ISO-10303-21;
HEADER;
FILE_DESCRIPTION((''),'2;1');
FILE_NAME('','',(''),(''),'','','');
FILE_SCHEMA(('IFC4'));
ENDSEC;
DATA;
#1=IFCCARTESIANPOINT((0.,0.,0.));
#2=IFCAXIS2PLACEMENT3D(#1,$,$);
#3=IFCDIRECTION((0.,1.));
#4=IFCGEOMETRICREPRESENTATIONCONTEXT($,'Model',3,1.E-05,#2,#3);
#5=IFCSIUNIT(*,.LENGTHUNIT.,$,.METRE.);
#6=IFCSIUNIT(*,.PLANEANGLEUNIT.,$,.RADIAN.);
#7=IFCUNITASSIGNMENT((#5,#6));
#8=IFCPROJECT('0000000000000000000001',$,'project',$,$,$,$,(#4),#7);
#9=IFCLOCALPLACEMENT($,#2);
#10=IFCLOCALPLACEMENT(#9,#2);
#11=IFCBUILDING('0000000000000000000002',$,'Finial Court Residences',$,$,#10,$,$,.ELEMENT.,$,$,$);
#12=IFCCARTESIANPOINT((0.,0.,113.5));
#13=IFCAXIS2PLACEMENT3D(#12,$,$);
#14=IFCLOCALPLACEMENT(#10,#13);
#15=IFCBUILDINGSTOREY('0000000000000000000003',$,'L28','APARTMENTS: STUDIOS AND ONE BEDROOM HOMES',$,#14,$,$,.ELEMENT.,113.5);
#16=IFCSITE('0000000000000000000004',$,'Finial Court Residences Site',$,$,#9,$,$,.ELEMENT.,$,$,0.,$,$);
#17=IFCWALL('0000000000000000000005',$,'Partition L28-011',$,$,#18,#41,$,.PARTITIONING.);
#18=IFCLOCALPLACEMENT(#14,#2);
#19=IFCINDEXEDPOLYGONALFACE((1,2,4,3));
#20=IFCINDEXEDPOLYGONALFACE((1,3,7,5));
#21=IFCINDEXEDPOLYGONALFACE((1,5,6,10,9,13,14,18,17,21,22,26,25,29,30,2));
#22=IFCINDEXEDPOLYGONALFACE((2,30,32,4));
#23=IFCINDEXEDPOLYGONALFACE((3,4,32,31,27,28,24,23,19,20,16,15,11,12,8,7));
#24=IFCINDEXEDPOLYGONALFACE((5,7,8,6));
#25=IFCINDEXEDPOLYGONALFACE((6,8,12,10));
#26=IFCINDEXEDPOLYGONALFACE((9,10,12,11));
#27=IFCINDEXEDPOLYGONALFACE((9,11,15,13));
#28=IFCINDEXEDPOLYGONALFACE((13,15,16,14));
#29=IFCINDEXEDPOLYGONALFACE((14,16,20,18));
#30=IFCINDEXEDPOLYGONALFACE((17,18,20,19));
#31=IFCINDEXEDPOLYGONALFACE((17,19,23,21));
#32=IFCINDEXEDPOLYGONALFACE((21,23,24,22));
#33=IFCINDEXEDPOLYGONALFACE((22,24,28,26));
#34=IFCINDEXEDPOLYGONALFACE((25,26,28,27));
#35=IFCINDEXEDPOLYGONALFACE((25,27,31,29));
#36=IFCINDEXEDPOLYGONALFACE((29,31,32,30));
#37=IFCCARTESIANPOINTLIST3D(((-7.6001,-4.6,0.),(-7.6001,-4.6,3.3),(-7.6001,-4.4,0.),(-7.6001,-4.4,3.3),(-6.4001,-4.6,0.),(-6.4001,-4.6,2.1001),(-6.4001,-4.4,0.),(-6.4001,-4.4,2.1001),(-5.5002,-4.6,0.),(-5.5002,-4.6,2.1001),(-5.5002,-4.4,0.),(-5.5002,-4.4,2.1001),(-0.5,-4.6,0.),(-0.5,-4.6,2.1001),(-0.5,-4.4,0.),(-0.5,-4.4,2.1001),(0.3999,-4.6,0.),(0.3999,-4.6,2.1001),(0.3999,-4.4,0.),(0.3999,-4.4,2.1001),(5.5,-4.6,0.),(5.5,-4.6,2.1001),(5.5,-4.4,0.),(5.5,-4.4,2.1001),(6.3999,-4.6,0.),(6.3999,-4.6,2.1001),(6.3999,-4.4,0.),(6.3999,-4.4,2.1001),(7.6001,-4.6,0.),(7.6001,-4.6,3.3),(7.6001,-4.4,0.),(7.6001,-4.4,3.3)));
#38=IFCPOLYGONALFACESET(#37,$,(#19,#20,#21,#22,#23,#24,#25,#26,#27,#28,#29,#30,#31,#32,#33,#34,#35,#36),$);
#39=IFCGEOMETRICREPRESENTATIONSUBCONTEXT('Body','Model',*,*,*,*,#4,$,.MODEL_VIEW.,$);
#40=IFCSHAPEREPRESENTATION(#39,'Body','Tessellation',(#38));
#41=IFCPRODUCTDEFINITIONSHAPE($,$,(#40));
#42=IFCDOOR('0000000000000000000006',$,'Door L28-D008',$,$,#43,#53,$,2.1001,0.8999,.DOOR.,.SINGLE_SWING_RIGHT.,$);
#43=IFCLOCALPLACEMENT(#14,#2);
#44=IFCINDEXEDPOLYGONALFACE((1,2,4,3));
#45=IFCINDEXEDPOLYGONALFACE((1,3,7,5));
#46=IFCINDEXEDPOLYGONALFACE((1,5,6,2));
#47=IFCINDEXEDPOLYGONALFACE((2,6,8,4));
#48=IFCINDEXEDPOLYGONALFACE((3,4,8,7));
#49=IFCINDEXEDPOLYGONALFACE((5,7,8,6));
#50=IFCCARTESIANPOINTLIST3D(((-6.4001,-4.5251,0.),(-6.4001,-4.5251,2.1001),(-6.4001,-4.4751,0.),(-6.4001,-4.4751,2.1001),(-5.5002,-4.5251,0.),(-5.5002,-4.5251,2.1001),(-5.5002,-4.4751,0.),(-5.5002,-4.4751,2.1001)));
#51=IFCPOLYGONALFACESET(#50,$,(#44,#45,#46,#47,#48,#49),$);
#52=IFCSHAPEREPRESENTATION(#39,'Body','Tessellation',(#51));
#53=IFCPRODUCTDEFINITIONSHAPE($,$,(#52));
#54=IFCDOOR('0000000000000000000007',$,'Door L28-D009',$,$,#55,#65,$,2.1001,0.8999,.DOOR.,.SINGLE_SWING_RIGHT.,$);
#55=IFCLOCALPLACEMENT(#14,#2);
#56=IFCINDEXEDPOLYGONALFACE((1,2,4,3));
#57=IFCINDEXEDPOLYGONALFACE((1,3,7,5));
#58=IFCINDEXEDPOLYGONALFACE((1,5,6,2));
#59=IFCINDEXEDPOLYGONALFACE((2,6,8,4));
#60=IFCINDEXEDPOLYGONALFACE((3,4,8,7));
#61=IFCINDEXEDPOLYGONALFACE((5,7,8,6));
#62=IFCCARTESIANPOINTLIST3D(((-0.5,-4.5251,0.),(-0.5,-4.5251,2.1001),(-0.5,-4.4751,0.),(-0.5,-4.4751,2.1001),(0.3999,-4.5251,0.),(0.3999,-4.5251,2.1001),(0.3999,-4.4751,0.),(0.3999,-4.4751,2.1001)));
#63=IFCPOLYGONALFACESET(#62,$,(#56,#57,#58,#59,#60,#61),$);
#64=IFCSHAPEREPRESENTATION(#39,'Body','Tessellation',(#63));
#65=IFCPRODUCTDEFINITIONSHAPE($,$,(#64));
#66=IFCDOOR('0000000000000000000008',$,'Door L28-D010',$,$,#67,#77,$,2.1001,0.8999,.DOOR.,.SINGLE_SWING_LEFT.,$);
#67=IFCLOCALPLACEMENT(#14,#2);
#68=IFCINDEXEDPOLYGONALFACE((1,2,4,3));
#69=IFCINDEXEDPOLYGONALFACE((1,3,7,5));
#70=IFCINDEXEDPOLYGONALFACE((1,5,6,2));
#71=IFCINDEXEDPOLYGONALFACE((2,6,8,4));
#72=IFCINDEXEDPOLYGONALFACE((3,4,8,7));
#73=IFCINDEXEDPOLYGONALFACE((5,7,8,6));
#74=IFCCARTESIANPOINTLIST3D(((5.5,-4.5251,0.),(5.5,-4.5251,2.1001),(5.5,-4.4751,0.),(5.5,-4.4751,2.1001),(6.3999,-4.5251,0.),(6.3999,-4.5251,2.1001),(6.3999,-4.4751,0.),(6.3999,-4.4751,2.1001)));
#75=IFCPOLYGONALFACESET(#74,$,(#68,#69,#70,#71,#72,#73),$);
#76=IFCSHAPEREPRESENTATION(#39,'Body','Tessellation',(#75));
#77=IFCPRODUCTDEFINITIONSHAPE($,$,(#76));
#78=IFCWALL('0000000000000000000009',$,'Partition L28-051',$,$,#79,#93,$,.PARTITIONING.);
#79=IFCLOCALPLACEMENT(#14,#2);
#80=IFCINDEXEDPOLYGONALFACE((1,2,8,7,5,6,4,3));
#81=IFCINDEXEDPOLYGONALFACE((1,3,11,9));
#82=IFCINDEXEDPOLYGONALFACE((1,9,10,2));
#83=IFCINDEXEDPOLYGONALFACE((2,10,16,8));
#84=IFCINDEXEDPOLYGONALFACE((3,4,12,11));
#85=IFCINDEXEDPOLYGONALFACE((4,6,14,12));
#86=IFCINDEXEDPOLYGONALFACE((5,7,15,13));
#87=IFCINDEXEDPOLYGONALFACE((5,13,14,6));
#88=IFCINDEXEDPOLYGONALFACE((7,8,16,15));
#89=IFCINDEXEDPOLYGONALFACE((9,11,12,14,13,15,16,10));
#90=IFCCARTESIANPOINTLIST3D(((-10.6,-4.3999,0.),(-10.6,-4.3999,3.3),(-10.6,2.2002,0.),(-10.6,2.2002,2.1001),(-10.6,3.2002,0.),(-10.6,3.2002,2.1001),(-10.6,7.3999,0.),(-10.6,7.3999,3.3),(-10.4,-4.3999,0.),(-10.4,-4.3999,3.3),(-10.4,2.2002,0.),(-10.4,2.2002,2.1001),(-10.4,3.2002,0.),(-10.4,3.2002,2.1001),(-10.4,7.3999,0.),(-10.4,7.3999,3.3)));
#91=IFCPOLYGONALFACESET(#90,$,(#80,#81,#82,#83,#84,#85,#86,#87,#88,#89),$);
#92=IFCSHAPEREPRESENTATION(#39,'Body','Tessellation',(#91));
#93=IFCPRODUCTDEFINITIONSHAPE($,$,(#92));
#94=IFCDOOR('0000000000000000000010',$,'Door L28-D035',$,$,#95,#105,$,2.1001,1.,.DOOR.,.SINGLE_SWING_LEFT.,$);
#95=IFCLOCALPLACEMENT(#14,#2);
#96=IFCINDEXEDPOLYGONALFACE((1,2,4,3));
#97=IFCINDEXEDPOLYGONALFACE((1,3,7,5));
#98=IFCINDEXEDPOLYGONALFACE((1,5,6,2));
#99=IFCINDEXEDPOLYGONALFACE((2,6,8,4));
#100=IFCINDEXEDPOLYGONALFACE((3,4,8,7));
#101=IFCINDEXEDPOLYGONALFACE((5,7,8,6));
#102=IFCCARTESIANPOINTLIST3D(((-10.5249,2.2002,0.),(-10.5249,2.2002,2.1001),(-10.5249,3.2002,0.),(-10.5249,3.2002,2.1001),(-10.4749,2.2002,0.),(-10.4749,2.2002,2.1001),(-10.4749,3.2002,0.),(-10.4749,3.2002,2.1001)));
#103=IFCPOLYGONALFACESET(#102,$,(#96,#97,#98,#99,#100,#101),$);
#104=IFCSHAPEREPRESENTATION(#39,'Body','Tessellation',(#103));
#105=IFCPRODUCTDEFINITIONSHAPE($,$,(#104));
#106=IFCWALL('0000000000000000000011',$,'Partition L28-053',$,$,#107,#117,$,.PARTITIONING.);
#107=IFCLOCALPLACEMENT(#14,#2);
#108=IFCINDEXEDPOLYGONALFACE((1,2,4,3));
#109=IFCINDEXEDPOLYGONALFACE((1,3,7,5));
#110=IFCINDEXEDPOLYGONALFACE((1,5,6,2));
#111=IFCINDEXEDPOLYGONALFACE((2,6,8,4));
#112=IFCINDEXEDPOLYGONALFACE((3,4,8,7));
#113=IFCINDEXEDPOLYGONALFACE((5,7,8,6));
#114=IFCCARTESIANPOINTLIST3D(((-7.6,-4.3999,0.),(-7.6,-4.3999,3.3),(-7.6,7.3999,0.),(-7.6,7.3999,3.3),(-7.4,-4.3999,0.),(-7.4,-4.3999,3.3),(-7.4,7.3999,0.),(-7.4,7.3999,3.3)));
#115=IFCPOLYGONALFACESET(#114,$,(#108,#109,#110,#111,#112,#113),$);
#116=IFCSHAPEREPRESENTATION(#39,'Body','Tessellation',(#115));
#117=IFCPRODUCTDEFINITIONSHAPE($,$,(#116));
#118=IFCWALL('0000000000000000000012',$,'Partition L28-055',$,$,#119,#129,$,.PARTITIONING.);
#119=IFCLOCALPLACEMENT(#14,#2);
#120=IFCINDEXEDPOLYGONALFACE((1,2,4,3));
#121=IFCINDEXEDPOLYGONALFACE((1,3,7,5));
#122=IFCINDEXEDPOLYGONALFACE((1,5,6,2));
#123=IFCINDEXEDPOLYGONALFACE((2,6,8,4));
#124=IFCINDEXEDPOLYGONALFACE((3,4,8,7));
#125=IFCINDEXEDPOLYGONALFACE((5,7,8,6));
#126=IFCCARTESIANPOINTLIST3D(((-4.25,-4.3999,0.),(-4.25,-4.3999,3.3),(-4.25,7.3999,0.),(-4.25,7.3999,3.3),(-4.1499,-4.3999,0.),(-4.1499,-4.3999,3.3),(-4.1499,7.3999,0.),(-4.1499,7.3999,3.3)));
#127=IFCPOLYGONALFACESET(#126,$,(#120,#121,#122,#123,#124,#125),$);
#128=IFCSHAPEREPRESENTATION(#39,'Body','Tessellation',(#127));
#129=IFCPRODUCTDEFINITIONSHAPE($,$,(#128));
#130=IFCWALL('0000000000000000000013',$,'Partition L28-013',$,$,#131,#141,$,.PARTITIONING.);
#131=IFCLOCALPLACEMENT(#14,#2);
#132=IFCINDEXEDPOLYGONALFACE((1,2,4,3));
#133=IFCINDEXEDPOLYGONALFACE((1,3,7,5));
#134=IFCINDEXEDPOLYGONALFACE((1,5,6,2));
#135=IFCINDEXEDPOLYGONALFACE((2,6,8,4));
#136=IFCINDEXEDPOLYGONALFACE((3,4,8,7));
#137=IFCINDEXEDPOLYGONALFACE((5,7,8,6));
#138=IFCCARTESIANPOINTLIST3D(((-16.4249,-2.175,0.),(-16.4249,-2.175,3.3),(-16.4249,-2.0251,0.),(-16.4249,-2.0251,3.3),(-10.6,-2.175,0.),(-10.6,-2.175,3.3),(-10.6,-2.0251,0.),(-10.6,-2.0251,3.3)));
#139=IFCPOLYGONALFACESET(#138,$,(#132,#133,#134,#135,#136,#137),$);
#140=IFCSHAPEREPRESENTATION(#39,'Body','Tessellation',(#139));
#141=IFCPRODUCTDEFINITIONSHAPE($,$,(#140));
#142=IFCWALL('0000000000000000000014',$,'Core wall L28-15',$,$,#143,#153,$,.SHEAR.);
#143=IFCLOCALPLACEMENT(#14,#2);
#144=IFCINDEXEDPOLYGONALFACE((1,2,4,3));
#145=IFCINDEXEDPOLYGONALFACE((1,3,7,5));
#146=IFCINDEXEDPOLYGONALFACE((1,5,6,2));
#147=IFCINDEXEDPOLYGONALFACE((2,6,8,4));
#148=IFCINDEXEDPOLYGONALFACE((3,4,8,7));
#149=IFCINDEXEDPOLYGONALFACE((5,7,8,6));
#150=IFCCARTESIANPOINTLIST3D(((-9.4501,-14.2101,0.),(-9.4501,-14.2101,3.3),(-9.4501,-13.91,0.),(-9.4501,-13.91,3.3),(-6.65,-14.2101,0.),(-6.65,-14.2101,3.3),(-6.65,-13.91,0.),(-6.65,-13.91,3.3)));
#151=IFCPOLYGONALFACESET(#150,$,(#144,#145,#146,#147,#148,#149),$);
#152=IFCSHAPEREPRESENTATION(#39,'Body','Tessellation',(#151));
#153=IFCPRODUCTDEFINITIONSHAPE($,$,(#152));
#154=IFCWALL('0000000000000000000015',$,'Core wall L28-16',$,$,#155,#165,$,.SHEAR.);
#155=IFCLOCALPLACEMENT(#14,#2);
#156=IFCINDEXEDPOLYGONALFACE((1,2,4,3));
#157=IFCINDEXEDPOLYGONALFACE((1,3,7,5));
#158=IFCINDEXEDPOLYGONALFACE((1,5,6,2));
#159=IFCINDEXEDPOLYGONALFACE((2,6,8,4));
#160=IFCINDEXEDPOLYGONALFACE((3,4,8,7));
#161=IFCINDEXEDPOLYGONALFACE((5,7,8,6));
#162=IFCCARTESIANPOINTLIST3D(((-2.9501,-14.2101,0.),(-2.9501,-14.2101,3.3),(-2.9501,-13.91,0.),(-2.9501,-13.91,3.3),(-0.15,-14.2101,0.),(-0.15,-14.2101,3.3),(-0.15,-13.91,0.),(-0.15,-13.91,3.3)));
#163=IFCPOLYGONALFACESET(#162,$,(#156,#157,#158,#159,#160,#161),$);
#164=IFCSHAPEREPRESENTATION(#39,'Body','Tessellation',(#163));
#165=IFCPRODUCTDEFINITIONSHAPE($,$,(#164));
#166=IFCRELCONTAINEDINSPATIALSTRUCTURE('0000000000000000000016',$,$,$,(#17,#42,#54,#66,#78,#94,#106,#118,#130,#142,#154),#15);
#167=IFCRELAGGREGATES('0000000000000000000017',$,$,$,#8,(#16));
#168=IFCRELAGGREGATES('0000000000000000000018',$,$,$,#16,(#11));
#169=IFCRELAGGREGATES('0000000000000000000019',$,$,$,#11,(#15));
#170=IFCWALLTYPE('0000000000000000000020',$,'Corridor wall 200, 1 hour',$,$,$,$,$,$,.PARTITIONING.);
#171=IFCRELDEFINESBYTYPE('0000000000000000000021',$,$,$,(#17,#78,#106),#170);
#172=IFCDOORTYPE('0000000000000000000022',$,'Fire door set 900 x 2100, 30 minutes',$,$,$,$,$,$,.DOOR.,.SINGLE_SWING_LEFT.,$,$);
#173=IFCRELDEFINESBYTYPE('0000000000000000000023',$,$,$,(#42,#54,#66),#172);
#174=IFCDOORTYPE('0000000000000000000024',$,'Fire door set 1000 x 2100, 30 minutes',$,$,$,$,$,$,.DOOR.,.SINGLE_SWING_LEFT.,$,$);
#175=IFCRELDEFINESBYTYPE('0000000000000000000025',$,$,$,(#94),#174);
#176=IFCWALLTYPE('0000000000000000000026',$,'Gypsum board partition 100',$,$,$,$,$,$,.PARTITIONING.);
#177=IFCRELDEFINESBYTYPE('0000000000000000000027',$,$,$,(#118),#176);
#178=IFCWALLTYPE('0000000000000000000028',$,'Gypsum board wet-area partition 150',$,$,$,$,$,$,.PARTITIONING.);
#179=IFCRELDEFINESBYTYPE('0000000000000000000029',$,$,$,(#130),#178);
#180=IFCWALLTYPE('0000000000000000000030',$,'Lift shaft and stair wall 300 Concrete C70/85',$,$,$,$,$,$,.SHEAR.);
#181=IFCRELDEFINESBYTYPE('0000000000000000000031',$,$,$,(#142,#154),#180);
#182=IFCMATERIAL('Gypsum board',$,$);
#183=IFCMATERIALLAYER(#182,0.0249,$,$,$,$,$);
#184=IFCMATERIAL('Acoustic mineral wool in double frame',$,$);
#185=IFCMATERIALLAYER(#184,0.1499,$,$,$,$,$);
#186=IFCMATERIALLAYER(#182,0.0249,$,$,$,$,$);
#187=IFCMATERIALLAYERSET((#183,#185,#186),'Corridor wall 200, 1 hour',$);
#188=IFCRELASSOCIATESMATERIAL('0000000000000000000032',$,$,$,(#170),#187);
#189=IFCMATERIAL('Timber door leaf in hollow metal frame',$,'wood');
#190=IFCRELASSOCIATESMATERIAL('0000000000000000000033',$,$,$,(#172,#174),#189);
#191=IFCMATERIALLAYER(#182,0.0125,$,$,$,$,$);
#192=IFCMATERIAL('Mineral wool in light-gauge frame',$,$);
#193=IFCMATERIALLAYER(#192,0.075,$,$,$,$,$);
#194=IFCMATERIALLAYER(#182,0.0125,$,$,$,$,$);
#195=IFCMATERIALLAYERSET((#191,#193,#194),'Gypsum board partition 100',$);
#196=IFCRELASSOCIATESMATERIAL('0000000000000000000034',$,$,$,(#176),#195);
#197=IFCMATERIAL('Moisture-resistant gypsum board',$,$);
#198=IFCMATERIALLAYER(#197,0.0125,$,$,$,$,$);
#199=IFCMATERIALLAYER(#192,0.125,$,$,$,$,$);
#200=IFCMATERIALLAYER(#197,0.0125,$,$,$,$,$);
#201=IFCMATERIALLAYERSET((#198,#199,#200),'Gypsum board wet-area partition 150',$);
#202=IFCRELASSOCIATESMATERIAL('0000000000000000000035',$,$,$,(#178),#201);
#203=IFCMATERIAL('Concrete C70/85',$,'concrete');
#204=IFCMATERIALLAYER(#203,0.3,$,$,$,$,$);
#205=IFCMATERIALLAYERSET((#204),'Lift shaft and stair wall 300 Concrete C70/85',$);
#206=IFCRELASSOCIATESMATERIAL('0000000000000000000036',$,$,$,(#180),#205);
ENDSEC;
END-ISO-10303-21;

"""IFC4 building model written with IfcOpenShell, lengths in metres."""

from ifc_helpers import new_model, si_unit, direction, frame, frame_2d, origin, place, context, subcontext, project, spatial, rectangle, extrude, material, layer, layer_set, type_object, element, fill, save


model = new_model("IFC4")

# Units and contexts
model_context = context("Model", 3, precision=1e-05, world=origin(), true_north=direction((0.0, 1.0)))
body_context = subcontext(model_context, "Body", "Model", "MODEL_VIEW")
ifc_project = project(units=[si_unit("LENGTHUNIT", "METRE"), si_unit("PLANEANGLEUNIT", "RADIAN")], contexts=[model_context])

# Site, building, storey
site_placement = place(None, origin())
site = spatial("IfcSite", under=ifc_project, at=site_placement, Name="Finial Court Residences Site", CompositionType="ELEMENT", RefElevation=0.0)
building_placement = place(site_placement, origin())
building = spatial("IfcBuilding", under=site, at=building_placement, Name="Finial Court Residences", CompositionType="ELEMENT")
storey_placement = place(building_placement, frame((0.0, 0.0, 113.5)))
storey = spatial("IfcBuildingStorey", under=building, at=storey_placement, Name="L28", Description="APARTMENTS: STUDIOS AND ONE BEDROOM HOMES", CompositionType="ELEMENT", Elevation=113.5)

# Shared definitions
ifc_material_1 = material(Name="Concrete C70/85", Category="concrete")

# Wall, openings, doors
ifc_material_2 = material(Name="Gypsum board")
ifc_layer_1 = layer(ifc_material_2, 0.0249)
ifc_material_3 = material(Name="Acoustic mineral wool in double frame")
ifc_layer_2 = layer(ifc_material_3, 0.1499)
ifc_layer_3 = layer(ifc_material_2, 0.0249)
ifc_layer_set_1 = layer_set([ifc_layer_1, ifc_layer_2, ifc_layer_3], Name="Corridor wall 200, 1 hour")
wall_type_1 = type_object("IfcWallType", Name="Corridor wall 200, 1 hour", PredefinedType="PARTITIONING", material=ifc_layer_set_1)
wall_1_placement = place(storey_placement, frame((-7.6001, -4.5, 0.0), z_axis=(0.0, 0.0, 1.0), x_axis=(1.0, 0.0, 0.0)))
wall_1 = element("IfcWall", 1, at=wall_1_placement, inside=storey, type_object=wall_type_1, Name="Partition L28-011", PredefinedType="PARTITIONING", context=body_context, shape_type="SweptSolid", body=[
    extrude(rectangle(XDim=15.2002, YDim=0.2, at=frame_2d((7.6001, 0.0))), origin(), (0.0, 0.0, 1.0), 3.3),
])
opening_1_placement = place(wall_1_placement, frame((1.2, 0.0, 0.0)))
opening_1 = element("IfcOpeningElement", 2, at=opening_1_placement, cuts=wall_1, PredefinedType="OPENING", context=body_context, shape_type="SweptSolid", body=[
    extrude(rectangle(XDim=0.8999, YDim=2.1001, at=frame_2d((0.45, 1.05))), frame((0.0, 0.1099, 0.0), z_axis=(0.0, -1.0, 0.0), x_axis=(1.0, 0.0, 0.0)), (0.0, 0.0, 1.0), 0.22),
])
opening_2_placement = place(wall_1_placement, frame((7.1001, 0.0, 0.0)))
opening_2 = element("IfcOpeningElement", 3, at=opening_2_placement, cuts=wall_1, PredefinedType="OPENING", context=body_context, shape_type="SweptSolid", body=[
    extrude(rectangle(XDim=0.8999, YDim=2.1001, at=frame_2d((0.45, 1.05))), frame((0.0, 0.1099, 0.0), z_axis=(0.0, -1.0, 0.0), x_axis=(1.0, 0.0, 0.0)), (0.0, 0.0, 1.0), 0.22),
])
opening_3_placement = place(wall_1_placement, frame((13.1001, 0.0, 0.0)))
opening_3 = element("IfcOpeningElement", 4, at=opening_3_placement, cuts=wall_1, PredefinedType="OPENING", context=body_context, shape_type="SweptSolid", body=[
    extrude(rectangle(XDim=0.8999, YDim=2.1001, at=frame_2d((0.45, 1.05))), frame((0.0, 0.1099, 0.0), z_axis=(0.0, -1.0, 0.0), x_axis=(1.0, 0.0, 0.0)), (0.0, 0.0, 1.0), 0.22),
])
ifc_material_4 = material(Name="Timber door leaf in hollow metal frame", Category="wood")
door_type_1 = type_object("IfcDoorType", Name="Fire door set 900 x 2100, 30 minutes", OperationType="SINGLE_SWING_LEFT", PredefinedType="DOOR", material=ifc_material_4)
door_1_placement = place(opening_1_placement, origin())
door_1 = element("IfcDoor", 5, at=door_1_placement, inside=storey, type_object=door_type_1, Name="Door L28-D008", OperationType="SINGLE_SWING_RIGHT", OverallHeight=2.1001, OverallWidth=0.8999, PredefinedType="DOOR", context=body_context, shape_type="SweptSolid", body=[
    extrude(rectangle(XDim=0.8999, YDim=2.1001, at=frame_2d((0.45, 1.05))), frame((0.0, 0.0249, 0.0), z_axis=(0.0, -1.0, 0.0), x_axis=(1.0, 0.0, 0.0)), (0.0, 0.0, 1.0), 0.05),
])
fill(opening_1, door_1)
door_2_placement = place(opening_2_placement, origin())
door_2 = element("IfcDoor", 6, at=door_2_placement, inside=storey, type_object=door_type_1, Name="Door L28-D009", OperationType="SINGLE_SWING_RIGHT", OverallHeight=2.1001, OverallWidth=0.8999, PredefinedType="DOOR", context=body_context, shape_type="SweptSolid", body=[
    extrude(rectangle(XDim=0.8999, YDim=2.1001, at=frame_2d((0.45, 1.05))), frame((0.0, 0.0249, 0.0), z_axis=(0.0, -1.0, 0.0), x_axis=(1.0, 0.0, 0.0)), (0.0, 0.0, 1.0), 0.05),
])
fill(opening_2, door_2)
door_3_placement = place(opening_3_placement, origin())
door_3 = element("IfcDoor", 7, at=door_3_placement, inside=storey, type_object=door_type_1, Name="Door L28-D010", OperationType="SINGLE_SWING_LEFT", OverallHeight=2.1001, OverallWidth=0.8999, PredefinedType="DOOR", context=body_context, shape_type="SweptSolid", body=[
    extrude(rectangle(XDim=0.8999, YDim=2.1001, at=frame_2d((0.45, 1.05))), frame((0.0, 0.0249, 0.0), z_axis=(0.0, -1.0, 0.0), x_axis=(1.0, 0.0, 0.0)), (0.0, 0.0, 1.0), 0.05),
])
fill(opening_3, door_3)

# Wall, opening, door
wall_2_placement = place(storey_placement, frame((-10.5, -4.3999, 0.0), z_axis=(0.0, 0.0, 1.0), x_axis=(0.0, 1.0, 0.0)))
wall_2 = element("IfcWall", 8, at=wall_2_placement, inside=storey, type_object=wall_type_1, Name="Partition L28-051", PredefinedType="PARTITIONING", context=body_context, shape_type="SweptSolid", body=[
    extrude(rectangle(XDim=11.7998, YDim=0.2, at=frame_2d((5.8999, 0.0))), origin(), (0.0, 0.0, 1.0), 3.3),
])
opening_4_placement = place(wall_2_placement, frame((6.6001, 0.0, 0.0)))
opening_4 = element("IfcOpeningElement", 9, at=opening_4_placement, cuts=wall_2, PredefinedType="OPENING", context=body_context, shape_type="SweptSolid", body=[
    extrude(rectangle(XDim=1.0, YDim=2.1001, at=frame_2d((0.5, 1.05))), frame((0.0, 0.1099, 0.0), z_axis=(0.0, -1.0, 0.0), x_axis=(1.0, 0.0, 0.0)), (0.0, 0.0, 1.0), 0.22),
])
door_type_2 = type_object("IfcDoorType", Name="Fire door set 1000 x 2100, 30 minutes", OperationType="SINGLE_SWING_LEFT", PredefinedType="DOOR", material=ifc_material_4)
door_4_placement = place(opening_4_placement, origin())
door_4 = element("IfcDoor", 10, at=door_4_placement, inside=storey, type_object=door_type_2, Name="Door L28-D035", OperationType="SINGLE_SWING_LEFT", OverallHeight=2.1001, OverallWidth=1.0, PredefinedType="DOOR", context=body_context, shape_type="SweptSolid", body=[
    extrude(rectangle(XDim=1.0, YDim=2.1001, at=frame_2d((0.5, 1.05))), frame((0.0, 0.0249, 0.0), z_axis=(0.0, -1.0, 0.0), x_axis=(1.0, 0.0, 0.0)), (0.0, 0.0, 1.0), 0.05),
])
fill(opening_4, door_4)

# Walls
wall_3_placement = place(storey_placement, frame((-7.5, -4.3999, 0.0), z_axis=(0.0, 0.0, 1.0), x_axis=(0.0, 1.0, 0.0)))
element("IfcWall", 11, at=wall_3_placement, inside=storey, type_object=wall_type_1, Name="Partition L28-053", PredefinedType="PARTITIONING", context=body_context, shape_type="SweptSolid", body=[
    extrude(rectangle(XDim=11.7998, YDim=0.2, at=frame_2d((5.8999, 0.0))), origin(), (0.0, 0.0, 1.0), 3.3),
])
ifc_layer_4 = layer(ifc_material_2, 0.0125)
ifc_material_5 = material(Name="Mineral wool in light-gauge frame")
ifc_layer_5 = layer(ifc_material_5, 0.075)
ifc_layer_6 = layer(ifc_material_2, 0.0125)
ifc_layer_set_2 = layer_set([ifc_layer_4, ifc_layer_5, ifc_layer_6], Name="Gypsum board partition 100")
wall_type_2 = type_object("IfcWallType", Name="Gypsum board partition 100", PredefinedType="PARTITIONING", material=ifc_layer_set_2)
wall_4_placement = place(storey_placement, frame((-4.2, -4.3999, 0.0), z_axis=(0.0, 0.0, 1.0), x_axis=(0.0, 1.0, 0.0)))
element("IfcWall", 12, at=wall_4_placement, inside=storey, type_object=wall_type_2, Name="Partition L28-055", PredefinedType="PARTITIONING", context=body_context, shape_type="SweptSolid", body=[
    extrude(rectangle(XDim=11.7998, YDim=0.1001, at=frame_2d((5.8999, 0.0))), origin(), (0.0, 0.0, 1.0), 3.3),
])
ifc_material_6 = material(Name="Moisture-resistant gypsum board")
ifc_layer_7 = layer(ifc_material_6, 0.0125)
ifc_layer_8 = layer(ifc_material_5, 0.125)
ifc_layer_9 = layer(ifc_material_6, 0.0125)
ifc_layer_set_3 = layer_set([ifc_layer_7, ifc_layer_8, ifc_layer_9], Name="Gypsum board wet-area partition 150")
wall_type_3 = type_object("IfcWallType", Name="Gypsum board wet-area partition 150", PredefinedType="PARTITIONING", material=ifc_layer_set_3)
wall_5_placement = place(storey_placement, frame((-16.425, -2.1001, 0.0), z_axis=(0.0, 0.0, 1.0), x_axis=(1.0, 0.0, 0.0)))
element("IfcWall", 13, at=wall_5_placement, inside=storey, type_object=wall_type_3, Name="Partition L28-013", PredefinedType="PARTITIONING", context=body_context, shape_type="SweptSolid", body=[
    extrude(rectangle(XDim=5.825, YDim=0.1499, at=frame_2d((2.9126, 0.0))), origin(), (0.0, 0.0, 1.0), 3.3),
])
ifc_layer_10 = layer(ifc_material_1, 0.3)
ifc_layer_set_4 = layer_set([ifc_layer_10], Name="Lift shaft and stair wall 300 Concrete C70/85")
wall_type_4 = type_object("IfcWallType", Name="Lift shaft and stair wall 300 Concrete C70/85", PredefinedType="SHEAR", material=ifc_layer_set_4)
for number, where, z_axis, x_axis, name in (
    (14, (-9.45, -14.0601, 0.0), (0.0, 0.0, 1.0), (1.0, 0.0, 0.0), "Core wall L28-15"),
    (15, (-2.95, -14.0601, 0.0), (0.0, 0.0, 1.0), (1.0, 0.0, 0.0), "Core wall L28-16"),
):
    element("IfcWall", number, at=place(storey_placement, frame(where, z_axis=z_axis, x_axis=x_axis)), inside=storey, type_object=wall_type_4, Name=name, PredefinedType="SHEAR", context=body_context, shape_type="SweptSolid", body=[
        extrude(rectangle(XDim=2.8, YDim=0.3, at=frame_2d((1.3999, 0.0))), origin(), (0.0, 0.0, 1.0), 3.3),
    ])

save(model, "model.ifc")
